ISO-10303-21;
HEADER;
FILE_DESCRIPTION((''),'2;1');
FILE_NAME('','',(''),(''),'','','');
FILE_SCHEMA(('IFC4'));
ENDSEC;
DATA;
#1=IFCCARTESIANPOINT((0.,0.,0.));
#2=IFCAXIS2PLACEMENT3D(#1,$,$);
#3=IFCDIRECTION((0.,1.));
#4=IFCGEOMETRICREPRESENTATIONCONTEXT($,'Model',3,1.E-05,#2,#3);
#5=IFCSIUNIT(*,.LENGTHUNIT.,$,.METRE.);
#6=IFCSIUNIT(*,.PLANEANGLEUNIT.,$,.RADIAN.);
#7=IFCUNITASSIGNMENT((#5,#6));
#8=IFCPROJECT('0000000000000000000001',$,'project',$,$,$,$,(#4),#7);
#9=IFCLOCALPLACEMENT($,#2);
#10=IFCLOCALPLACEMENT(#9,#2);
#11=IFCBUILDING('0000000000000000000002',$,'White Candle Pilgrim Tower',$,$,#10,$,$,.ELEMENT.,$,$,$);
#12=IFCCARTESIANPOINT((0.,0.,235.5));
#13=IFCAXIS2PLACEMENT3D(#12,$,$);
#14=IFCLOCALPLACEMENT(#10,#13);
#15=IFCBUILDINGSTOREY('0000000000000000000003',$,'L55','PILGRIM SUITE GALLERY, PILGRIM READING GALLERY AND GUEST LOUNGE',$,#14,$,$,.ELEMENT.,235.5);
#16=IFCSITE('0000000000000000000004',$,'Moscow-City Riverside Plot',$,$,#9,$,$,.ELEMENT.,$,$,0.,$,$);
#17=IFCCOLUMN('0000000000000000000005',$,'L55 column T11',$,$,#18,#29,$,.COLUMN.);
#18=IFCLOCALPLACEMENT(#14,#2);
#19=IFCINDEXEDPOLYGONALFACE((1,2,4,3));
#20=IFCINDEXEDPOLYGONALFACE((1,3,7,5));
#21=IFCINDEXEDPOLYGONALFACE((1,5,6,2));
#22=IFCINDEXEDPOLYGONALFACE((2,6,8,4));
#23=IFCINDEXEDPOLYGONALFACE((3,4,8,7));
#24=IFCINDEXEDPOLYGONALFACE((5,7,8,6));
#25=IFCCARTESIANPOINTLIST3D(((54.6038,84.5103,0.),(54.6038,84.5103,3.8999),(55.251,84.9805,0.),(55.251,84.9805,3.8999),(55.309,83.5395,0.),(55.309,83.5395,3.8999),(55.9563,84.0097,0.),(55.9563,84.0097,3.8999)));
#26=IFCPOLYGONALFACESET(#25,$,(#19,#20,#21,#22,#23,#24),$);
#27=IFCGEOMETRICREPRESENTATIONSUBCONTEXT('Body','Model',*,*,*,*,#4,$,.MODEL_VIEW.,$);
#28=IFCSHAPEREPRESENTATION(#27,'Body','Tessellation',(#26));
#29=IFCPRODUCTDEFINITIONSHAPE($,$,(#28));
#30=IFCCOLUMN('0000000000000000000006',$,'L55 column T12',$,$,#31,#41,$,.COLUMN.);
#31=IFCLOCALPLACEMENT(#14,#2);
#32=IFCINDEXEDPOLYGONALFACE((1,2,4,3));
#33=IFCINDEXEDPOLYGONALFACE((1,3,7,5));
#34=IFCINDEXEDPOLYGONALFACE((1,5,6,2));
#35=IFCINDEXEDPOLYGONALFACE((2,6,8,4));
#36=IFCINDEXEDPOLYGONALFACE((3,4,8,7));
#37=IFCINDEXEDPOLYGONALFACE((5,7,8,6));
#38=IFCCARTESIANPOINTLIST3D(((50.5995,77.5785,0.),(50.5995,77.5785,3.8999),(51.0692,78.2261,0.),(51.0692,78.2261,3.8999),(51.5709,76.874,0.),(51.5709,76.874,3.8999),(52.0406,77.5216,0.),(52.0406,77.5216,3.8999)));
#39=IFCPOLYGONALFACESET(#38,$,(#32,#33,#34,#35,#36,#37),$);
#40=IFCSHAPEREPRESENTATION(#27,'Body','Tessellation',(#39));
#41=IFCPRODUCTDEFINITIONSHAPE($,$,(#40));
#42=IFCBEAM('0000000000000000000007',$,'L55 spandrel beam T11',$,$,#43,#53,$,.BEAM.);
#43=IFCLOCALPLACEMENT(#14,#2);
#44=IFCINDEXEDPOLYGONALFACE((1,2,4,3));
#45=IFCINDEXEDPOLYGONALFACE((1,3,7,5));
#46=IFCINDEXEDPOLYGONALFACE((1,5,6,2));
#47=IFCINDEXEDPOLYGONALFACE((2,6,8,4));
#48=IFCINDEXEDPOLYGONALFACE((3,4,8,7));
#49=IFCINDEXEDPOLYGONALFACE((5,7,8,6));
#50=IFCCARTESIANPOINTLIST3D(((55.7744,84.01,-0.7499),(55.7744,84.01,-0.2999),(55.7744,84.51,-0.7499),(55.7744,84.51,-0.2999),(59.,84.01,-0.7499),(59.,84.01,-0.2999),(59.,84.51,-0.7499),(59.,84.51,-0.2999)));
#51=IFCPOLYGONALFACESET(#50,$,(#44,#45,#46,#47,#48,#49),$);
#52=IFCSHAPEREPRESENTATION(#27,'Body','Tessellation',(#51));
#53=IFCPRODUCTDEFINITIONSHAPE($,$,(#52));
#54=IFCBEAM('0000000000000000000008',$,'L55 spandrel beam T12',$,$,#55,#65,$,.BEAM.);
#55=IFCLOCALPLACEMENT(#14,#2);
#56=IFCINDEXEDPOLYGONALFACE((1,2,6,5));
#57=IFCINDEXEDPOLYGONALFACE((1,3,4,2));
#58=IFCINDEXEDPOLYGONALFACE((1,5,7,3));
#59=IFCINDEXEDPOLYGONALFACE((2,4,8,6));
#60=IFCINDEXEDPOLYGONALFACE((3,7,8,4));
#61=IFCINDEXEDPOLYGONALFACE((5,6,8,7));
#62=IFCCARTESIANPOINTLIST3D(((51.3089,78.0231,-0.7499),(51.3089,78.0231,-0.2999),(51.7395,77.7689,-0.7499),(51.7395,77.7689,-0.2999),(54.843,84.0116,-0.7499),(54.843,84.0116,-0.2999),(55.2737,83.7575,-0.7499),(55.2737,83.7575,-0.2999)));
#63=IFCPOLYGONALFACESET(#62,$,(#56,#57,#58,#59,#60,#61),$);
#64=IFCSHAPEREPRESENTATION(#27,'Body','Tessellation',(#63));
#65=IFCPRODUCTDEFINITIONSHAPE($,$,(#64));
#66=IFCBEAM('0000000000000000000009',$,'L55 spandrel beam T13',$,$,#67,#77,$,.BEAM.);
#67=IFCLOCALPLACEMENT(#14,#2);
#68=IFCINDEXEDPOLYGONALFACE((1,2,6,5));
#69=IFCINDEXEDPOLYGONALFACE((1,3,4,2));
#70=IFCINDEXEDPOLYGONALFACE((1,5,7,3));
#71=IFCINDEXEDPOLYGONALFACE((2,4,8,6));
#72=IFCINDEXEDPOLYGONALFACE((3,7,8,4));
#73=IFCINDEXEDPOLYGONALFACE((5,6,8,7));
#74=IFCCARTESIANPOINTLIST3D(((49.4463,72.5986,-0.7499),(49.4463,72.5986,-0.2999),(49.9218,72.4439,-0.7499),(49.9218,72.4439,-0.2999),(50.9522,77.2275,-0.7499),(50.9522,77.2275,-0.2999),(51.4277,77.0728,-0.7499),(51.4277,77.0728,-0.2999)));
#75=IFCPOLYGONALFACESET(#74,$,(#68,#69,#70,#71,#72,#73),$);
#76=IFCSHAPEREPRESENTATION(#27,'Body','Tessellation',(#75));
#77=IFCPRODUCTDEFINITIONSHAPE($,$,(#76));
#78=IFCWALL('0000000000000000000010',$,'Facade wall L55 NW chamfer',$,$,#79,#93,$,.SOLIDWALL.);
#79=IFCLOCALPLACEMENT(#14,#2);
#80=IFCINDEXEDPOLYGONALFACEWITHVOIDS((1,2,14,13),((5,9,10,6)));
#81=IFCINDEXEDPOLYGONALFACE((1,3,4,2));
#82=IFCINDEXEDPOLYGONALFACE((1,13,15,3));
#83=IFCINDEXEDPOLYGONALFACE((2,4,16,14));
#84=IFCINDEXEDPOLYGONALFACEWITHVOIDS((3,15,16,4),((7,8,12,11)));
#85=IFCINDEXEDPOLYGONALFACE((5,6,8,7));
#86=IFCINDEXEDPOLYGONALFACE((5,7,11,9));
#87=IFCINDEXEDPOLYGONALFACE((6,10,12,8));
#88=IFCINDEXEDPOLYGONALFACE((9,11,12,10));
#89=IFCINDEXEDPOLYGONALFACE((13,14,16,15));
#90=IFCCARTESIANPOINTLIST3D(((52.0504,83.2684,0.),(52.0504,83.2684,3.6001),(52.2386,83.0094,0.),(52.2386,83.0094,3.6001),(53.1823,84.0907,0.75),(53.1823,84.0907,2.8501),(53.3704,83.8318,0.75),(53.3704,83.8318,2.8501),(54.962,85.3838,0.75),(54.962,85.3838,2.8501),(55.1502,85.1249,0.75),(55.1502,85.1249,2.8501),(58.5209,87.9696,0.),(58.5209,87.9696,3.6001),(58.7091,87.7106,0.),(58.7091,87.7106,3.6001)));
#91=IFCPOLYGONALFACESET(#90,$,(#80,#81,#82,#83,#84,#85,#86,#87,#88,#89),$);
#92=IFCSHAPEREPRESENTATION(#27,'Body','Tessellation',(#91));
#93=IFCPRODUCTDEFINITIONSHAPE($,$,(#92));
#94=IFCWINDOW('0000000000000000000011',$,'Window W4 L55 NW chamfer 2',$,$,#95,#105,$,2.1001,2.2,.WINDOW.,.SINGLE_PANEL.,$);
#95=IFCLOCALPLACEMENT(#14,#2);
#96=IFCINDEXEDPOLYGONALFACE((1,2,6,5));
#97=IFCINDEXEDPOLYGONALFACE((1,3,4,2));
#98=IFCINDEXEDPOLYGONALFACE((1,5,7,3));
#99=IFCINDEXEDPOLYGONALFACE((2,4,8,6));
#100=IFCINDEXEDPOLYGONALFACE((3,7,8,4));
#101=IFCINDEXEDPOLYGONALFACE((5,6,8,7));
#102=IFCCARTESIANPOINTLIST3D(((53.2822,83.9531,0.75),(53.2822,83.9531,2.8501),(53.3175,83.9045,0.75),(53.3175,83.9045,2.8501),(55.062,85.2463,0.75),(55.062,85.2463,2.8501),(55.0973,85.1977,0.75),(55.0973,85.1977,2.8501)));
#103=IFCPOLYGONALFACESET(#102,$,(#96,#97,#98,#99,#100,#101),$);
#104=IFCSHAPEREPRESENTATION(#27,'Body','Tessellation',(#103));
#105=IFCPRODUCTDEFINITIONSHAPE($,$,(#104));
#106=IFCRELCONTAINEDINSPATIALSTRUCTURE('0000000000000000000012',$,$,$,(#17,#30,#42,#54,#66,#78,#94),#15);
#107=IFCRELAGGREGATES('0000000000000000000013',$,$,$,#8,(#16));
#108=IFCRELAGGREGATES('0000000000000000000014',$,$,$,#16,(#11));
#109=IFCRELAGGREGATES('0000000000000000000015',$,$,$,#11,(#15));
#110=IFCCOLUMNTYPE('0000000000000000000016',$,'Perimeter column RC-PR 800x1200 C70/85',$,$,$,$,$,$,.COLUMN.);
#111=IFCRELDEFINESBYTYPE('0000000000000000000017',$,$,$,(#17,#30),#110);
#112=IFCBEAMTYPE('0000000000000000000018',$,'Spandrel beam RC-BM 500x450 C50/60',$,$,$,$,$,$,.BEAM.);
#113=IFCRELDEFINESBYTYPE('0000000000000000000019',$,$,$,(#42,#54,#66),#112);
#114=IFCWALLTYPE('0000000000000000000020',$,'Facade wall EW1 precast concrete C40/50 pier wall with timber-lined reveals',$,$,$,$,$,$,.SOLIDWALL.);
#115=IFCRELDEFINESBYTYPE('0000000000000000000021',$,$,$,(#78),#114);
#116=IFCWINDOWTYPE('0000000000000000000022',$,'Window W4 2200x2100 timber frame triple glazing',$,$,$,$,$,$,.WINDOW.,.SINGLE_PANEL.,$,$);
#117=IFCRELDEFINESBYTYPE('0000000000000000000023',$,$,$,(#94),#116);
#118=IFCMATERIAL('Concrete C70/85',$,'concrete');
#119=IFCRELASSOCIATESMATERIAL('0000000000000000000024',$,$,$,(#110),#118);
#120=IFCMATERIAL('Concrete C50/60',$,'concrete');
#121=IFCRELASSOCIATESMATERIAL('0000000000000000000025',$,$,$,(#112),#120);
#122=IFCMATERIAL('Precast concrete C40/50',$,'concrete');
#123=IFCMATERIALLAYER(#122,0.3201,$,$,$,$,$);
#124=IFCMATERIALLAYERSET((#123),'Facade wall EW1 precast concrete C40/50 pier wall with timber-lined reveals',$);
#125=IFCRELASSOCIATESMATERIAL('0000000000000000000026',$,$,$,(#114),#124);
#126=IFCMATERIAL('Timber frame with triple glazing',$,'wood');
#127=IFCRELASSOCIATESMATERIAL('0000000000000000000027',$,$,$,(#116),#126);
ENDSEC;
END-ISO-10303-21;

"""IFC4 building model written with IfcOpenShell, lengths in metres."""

from ifc_helpers import new_model, si_unit, direction, frame, frame_2d, origin, origin_2d, place, context, subcontext, project, spatial, rectangle, extrude, material, layer, layer_set, material_profile, profile_set, type_object, element, fill, save


model = new_model("IFC4")

# Units and contexts
model_context = context("Model", 3, precision=1e-05, world=origin(), true_north=direction((0.0, 1.0)))
body_context = subcontext(model_context, "Body", "Model", "MODEL_VIEW")
ifc_project = project(units=[si_unit("LENGTHUNIT", "METRE"), si_unit("PLANEANGLEUNIT", "RADIAN")], contexts=[model_context])

# Site, building, storey
site_placement = place(None, origin())
site = spatial("IfcSite", under=ifc_project, at=site_placement, Name="Moscow-City Riverside Plot", CompositionType="ELEMENT", RefElevation=0.0)
building_placement = place(site_placement, origin())
building = spatial("IfcBuilding", under=site, at=building_placement, Name="White Candle Pilgrim Tower", CompositionType="ELEMENT")
storey_placement = place(building_placement, frame((0.0, 0.0, 235.5)))
storey = spatial("IfcBuildingStorey", under=building, at=storey_placement, Name="L55", Description="PILGRIM SUITE GALLERY, PILGRIM READING GALLERY AND GUEST LOUNGE", CompositionType="ELEMENT", Elevation=235.5)

# Columns
ifc_material_1 = material(Name="Concrete C70/85", Category="concrete")
ifc_material_profile_1 = material_profile(ifc_material_1, rectangle(XDim=0.8, YDim=1.2, at=origin_2d()), Name="RC-PR 800x1200")
ifc_profile_set_1 = profile_set([ifc_material_profile_1], Name="Concrete C70/85")
column_type = type_object("IfcColumnType", Name="Perimeter column RC-PR 800x1200 C70/85", PredefinedType="COLUMN", material=ifc_profile_set_1)
for number, where, z_axis, x_axis, name in (
    (1, (55.28, 84.26, 0.0), (0.0, 0.0, 1.0), (0.809027, 0.587771, 0.0), "L55 column T11"),
    (2, (51.3201, 77.55, 0.0), (0.0, 0.0, 1.0), (0.587107, 0.809509, 0.0), "L55 column T12"),
):
    element("IfcColumn", number, at=place(storey_placement, frame(where, z_axis=z_axis, x_axis=x_axis)), inside=storey, type_object=column_type, Name=name, PredefinedType="COLUMN", context=body_context, shape_type="SweptSolid", body=[
        extrude(rectangle(XDim=0.8, YDim=1.2, at=origin_2d()), origin(), (0.0, 0.0, 1.0), 3.8999),
    ])

# Beams
ifc_material_2 = material(Name="Concrete C50/60", Category="concrete")
ifc_material_profile_2 = material_profile(ifc_material_2, rectangle(XDim=0.5, YDim=0.45, at=origin_2d()), Name="RC-BM 500x450")
ifc_profile_set_2 = profile_set([ifc_material_profile_2], Name="Concrete C50/60")
beam_type = type_object("IfcBeamType", Name="Spandrel beam RC-BM 500x450 C50/60", PredefinedType="BEAM", material=ifc_profile_set_2)
beam_1_placement = place(storey_placement, frame((55.7744, 84.26, -0.5249), z_axis=(1.0, 0.0, 0.0), x_axis=(0.0, 1.0, 0.0)))
element("IfcBeam", 3, at=beam_1_placement, inside=storey, type_object=beam_type, Name="L55 spandrel beam T11", PredefinedType="BEAM", context=body_context, shape_type="SweptSolid", body=[
    extrude(rectangle(XDim=0.5, YDim=0.45, at=origin_2d()), origin(), (0.0, 0.0, 1.0), 3.2256),
])
beam_2_placement = place(storey_placement, frame((55.0583, 83.8845, -0.5249), z_axis=(-0.50825, -0.861209, 0.0), x_axis=(0.861209, -0.50825, 0.0)))
element("IfcBeam", 4, at=beam_2_placement, inside=storey, type_object=beam_type, Name="L55 spandrel beam T12", PredefinedType="BEAM", context=body_context, shape_type="SweptSolid", body=[
    extrude(rectangle(XDim=0.5, YDim=0.45, at=origin_2d()), origin(), (0.0, 0.0, 1.0), 6.9536),
])
beam_3_placement = place(storey_placement, frame((51.1899, 77.1501, -0.5249), z_axis=(-0.309358, -0.950946, 0.0), x_axis=(0.950946, -0.309358, 0.0)))
element("IfcBeam", 5, at=beam_3_placement, inside=storey, type_object=beam_type, Name="L55 spandrel beam T13", PredefinedType="BEAM", context=body_context, shape_type="SweptSolid", body=[
    extrude(rectangle(XDim=0.5, YDim=0.45, at=origin_2d()), origin(), (0.0, 0.0, 1.0), 4.8677),
])

# Wall, opening, window
ifc_material_3 = material(Name="Precast concrete C40/50", Category="concrete")
ifc_layer_1 = layer(ifc_material_3, 0.3201)
ifc_layer_set_1 = layer_set([ifc_layer_1], Name="Facade wall EW1 precast concrete C40/50 pier wall with timber-lined reveals")
wall_type_1 = type_object("IfcWallType", Name="Facade wall EW1 precast concrete C40/50 pier wall with timber-lined reveals", PredefinedType="SOLIDWALL", material=ifc_layer_set_1)
wall_1_placement = place(storey_placement, frame((58.615, 87.8401, 0.0), z_axis=(0.0, 0.0, 1.0), x_axis=(-0.809011, -0.587794, 0.0)))
wall_1 = element("IfcWall", 6, at=wall_1_placement, inside=storey, type_object=wall_type_1, Name="Facade wall L55 NW chamfer", PredefinedType="SOLIDWALL", context=body_context, shape_type="SweptSolid", body=[
    extrude(rectangle(XDim=7.998, YDim=0.3201, at=frame_2d((3.999, 0.0))), origin(), (0.0, 0.0, 1.0), 3.6001),
])
opening_1_placement = place(wall_1_placement, frame((4.3989, 0.0, 0.75)))
opening_1 = element("IfcOpeningElement", 7, at=opening_1_placement, cuts=wall_1, PredefinedType="OPENING", context=body_context, shape_type="SweptSolid", body=[
    extrude(rectangle(XDim=2.2, YDim=2.1001, at=frame_2d((1.1001, 1.05))), frame((0.0, 0.1699, 0.0), z_axis=(0.0, -1.0, 0.0), x_axis=(1.0, 0.0, 0.0)), (0.0, 0.0, 1.0), 0.3401),
])
ifc_material_4 = material(Name="Timber frame with triple glazing", Category="wood")
window_type_1 = type_object("IfcWindowType", Name="Window W4 2200x2100 timber frame triple glazing", PartitioningType="SINGLE_PANEL", PredefinedType="WINDOW", material=ifc_material_4)
window_1_placement = place(opening_1_placement, origin())
window_1 = element("IfcWindow", 8, at=window_1_placement, inside=storey, type_object=window_type_1, Name="Window W4 L55 NW chamfer 2", OverallHeight=2.1001, OverallWidth=2.2, PartitioningType="SINGLE_PANEL", PredefinedType="WINDOW", context=body_context, shape_type="SweptSolid", body=[
    extrude(rectangle(XDim=2.2, YDim=2.1001, at=frame_2d((1.1001, 1.05))), frame((0.0, 0.0701, 0.0), z_axis=(0.0, -1.0, 0.0), x_axis=(1.0, 0.0, 0.0)), (0.0, 0.0, 1.0), 0.0601),
])
fill(opening_1, window_1)

save(model, "model.ifc")
